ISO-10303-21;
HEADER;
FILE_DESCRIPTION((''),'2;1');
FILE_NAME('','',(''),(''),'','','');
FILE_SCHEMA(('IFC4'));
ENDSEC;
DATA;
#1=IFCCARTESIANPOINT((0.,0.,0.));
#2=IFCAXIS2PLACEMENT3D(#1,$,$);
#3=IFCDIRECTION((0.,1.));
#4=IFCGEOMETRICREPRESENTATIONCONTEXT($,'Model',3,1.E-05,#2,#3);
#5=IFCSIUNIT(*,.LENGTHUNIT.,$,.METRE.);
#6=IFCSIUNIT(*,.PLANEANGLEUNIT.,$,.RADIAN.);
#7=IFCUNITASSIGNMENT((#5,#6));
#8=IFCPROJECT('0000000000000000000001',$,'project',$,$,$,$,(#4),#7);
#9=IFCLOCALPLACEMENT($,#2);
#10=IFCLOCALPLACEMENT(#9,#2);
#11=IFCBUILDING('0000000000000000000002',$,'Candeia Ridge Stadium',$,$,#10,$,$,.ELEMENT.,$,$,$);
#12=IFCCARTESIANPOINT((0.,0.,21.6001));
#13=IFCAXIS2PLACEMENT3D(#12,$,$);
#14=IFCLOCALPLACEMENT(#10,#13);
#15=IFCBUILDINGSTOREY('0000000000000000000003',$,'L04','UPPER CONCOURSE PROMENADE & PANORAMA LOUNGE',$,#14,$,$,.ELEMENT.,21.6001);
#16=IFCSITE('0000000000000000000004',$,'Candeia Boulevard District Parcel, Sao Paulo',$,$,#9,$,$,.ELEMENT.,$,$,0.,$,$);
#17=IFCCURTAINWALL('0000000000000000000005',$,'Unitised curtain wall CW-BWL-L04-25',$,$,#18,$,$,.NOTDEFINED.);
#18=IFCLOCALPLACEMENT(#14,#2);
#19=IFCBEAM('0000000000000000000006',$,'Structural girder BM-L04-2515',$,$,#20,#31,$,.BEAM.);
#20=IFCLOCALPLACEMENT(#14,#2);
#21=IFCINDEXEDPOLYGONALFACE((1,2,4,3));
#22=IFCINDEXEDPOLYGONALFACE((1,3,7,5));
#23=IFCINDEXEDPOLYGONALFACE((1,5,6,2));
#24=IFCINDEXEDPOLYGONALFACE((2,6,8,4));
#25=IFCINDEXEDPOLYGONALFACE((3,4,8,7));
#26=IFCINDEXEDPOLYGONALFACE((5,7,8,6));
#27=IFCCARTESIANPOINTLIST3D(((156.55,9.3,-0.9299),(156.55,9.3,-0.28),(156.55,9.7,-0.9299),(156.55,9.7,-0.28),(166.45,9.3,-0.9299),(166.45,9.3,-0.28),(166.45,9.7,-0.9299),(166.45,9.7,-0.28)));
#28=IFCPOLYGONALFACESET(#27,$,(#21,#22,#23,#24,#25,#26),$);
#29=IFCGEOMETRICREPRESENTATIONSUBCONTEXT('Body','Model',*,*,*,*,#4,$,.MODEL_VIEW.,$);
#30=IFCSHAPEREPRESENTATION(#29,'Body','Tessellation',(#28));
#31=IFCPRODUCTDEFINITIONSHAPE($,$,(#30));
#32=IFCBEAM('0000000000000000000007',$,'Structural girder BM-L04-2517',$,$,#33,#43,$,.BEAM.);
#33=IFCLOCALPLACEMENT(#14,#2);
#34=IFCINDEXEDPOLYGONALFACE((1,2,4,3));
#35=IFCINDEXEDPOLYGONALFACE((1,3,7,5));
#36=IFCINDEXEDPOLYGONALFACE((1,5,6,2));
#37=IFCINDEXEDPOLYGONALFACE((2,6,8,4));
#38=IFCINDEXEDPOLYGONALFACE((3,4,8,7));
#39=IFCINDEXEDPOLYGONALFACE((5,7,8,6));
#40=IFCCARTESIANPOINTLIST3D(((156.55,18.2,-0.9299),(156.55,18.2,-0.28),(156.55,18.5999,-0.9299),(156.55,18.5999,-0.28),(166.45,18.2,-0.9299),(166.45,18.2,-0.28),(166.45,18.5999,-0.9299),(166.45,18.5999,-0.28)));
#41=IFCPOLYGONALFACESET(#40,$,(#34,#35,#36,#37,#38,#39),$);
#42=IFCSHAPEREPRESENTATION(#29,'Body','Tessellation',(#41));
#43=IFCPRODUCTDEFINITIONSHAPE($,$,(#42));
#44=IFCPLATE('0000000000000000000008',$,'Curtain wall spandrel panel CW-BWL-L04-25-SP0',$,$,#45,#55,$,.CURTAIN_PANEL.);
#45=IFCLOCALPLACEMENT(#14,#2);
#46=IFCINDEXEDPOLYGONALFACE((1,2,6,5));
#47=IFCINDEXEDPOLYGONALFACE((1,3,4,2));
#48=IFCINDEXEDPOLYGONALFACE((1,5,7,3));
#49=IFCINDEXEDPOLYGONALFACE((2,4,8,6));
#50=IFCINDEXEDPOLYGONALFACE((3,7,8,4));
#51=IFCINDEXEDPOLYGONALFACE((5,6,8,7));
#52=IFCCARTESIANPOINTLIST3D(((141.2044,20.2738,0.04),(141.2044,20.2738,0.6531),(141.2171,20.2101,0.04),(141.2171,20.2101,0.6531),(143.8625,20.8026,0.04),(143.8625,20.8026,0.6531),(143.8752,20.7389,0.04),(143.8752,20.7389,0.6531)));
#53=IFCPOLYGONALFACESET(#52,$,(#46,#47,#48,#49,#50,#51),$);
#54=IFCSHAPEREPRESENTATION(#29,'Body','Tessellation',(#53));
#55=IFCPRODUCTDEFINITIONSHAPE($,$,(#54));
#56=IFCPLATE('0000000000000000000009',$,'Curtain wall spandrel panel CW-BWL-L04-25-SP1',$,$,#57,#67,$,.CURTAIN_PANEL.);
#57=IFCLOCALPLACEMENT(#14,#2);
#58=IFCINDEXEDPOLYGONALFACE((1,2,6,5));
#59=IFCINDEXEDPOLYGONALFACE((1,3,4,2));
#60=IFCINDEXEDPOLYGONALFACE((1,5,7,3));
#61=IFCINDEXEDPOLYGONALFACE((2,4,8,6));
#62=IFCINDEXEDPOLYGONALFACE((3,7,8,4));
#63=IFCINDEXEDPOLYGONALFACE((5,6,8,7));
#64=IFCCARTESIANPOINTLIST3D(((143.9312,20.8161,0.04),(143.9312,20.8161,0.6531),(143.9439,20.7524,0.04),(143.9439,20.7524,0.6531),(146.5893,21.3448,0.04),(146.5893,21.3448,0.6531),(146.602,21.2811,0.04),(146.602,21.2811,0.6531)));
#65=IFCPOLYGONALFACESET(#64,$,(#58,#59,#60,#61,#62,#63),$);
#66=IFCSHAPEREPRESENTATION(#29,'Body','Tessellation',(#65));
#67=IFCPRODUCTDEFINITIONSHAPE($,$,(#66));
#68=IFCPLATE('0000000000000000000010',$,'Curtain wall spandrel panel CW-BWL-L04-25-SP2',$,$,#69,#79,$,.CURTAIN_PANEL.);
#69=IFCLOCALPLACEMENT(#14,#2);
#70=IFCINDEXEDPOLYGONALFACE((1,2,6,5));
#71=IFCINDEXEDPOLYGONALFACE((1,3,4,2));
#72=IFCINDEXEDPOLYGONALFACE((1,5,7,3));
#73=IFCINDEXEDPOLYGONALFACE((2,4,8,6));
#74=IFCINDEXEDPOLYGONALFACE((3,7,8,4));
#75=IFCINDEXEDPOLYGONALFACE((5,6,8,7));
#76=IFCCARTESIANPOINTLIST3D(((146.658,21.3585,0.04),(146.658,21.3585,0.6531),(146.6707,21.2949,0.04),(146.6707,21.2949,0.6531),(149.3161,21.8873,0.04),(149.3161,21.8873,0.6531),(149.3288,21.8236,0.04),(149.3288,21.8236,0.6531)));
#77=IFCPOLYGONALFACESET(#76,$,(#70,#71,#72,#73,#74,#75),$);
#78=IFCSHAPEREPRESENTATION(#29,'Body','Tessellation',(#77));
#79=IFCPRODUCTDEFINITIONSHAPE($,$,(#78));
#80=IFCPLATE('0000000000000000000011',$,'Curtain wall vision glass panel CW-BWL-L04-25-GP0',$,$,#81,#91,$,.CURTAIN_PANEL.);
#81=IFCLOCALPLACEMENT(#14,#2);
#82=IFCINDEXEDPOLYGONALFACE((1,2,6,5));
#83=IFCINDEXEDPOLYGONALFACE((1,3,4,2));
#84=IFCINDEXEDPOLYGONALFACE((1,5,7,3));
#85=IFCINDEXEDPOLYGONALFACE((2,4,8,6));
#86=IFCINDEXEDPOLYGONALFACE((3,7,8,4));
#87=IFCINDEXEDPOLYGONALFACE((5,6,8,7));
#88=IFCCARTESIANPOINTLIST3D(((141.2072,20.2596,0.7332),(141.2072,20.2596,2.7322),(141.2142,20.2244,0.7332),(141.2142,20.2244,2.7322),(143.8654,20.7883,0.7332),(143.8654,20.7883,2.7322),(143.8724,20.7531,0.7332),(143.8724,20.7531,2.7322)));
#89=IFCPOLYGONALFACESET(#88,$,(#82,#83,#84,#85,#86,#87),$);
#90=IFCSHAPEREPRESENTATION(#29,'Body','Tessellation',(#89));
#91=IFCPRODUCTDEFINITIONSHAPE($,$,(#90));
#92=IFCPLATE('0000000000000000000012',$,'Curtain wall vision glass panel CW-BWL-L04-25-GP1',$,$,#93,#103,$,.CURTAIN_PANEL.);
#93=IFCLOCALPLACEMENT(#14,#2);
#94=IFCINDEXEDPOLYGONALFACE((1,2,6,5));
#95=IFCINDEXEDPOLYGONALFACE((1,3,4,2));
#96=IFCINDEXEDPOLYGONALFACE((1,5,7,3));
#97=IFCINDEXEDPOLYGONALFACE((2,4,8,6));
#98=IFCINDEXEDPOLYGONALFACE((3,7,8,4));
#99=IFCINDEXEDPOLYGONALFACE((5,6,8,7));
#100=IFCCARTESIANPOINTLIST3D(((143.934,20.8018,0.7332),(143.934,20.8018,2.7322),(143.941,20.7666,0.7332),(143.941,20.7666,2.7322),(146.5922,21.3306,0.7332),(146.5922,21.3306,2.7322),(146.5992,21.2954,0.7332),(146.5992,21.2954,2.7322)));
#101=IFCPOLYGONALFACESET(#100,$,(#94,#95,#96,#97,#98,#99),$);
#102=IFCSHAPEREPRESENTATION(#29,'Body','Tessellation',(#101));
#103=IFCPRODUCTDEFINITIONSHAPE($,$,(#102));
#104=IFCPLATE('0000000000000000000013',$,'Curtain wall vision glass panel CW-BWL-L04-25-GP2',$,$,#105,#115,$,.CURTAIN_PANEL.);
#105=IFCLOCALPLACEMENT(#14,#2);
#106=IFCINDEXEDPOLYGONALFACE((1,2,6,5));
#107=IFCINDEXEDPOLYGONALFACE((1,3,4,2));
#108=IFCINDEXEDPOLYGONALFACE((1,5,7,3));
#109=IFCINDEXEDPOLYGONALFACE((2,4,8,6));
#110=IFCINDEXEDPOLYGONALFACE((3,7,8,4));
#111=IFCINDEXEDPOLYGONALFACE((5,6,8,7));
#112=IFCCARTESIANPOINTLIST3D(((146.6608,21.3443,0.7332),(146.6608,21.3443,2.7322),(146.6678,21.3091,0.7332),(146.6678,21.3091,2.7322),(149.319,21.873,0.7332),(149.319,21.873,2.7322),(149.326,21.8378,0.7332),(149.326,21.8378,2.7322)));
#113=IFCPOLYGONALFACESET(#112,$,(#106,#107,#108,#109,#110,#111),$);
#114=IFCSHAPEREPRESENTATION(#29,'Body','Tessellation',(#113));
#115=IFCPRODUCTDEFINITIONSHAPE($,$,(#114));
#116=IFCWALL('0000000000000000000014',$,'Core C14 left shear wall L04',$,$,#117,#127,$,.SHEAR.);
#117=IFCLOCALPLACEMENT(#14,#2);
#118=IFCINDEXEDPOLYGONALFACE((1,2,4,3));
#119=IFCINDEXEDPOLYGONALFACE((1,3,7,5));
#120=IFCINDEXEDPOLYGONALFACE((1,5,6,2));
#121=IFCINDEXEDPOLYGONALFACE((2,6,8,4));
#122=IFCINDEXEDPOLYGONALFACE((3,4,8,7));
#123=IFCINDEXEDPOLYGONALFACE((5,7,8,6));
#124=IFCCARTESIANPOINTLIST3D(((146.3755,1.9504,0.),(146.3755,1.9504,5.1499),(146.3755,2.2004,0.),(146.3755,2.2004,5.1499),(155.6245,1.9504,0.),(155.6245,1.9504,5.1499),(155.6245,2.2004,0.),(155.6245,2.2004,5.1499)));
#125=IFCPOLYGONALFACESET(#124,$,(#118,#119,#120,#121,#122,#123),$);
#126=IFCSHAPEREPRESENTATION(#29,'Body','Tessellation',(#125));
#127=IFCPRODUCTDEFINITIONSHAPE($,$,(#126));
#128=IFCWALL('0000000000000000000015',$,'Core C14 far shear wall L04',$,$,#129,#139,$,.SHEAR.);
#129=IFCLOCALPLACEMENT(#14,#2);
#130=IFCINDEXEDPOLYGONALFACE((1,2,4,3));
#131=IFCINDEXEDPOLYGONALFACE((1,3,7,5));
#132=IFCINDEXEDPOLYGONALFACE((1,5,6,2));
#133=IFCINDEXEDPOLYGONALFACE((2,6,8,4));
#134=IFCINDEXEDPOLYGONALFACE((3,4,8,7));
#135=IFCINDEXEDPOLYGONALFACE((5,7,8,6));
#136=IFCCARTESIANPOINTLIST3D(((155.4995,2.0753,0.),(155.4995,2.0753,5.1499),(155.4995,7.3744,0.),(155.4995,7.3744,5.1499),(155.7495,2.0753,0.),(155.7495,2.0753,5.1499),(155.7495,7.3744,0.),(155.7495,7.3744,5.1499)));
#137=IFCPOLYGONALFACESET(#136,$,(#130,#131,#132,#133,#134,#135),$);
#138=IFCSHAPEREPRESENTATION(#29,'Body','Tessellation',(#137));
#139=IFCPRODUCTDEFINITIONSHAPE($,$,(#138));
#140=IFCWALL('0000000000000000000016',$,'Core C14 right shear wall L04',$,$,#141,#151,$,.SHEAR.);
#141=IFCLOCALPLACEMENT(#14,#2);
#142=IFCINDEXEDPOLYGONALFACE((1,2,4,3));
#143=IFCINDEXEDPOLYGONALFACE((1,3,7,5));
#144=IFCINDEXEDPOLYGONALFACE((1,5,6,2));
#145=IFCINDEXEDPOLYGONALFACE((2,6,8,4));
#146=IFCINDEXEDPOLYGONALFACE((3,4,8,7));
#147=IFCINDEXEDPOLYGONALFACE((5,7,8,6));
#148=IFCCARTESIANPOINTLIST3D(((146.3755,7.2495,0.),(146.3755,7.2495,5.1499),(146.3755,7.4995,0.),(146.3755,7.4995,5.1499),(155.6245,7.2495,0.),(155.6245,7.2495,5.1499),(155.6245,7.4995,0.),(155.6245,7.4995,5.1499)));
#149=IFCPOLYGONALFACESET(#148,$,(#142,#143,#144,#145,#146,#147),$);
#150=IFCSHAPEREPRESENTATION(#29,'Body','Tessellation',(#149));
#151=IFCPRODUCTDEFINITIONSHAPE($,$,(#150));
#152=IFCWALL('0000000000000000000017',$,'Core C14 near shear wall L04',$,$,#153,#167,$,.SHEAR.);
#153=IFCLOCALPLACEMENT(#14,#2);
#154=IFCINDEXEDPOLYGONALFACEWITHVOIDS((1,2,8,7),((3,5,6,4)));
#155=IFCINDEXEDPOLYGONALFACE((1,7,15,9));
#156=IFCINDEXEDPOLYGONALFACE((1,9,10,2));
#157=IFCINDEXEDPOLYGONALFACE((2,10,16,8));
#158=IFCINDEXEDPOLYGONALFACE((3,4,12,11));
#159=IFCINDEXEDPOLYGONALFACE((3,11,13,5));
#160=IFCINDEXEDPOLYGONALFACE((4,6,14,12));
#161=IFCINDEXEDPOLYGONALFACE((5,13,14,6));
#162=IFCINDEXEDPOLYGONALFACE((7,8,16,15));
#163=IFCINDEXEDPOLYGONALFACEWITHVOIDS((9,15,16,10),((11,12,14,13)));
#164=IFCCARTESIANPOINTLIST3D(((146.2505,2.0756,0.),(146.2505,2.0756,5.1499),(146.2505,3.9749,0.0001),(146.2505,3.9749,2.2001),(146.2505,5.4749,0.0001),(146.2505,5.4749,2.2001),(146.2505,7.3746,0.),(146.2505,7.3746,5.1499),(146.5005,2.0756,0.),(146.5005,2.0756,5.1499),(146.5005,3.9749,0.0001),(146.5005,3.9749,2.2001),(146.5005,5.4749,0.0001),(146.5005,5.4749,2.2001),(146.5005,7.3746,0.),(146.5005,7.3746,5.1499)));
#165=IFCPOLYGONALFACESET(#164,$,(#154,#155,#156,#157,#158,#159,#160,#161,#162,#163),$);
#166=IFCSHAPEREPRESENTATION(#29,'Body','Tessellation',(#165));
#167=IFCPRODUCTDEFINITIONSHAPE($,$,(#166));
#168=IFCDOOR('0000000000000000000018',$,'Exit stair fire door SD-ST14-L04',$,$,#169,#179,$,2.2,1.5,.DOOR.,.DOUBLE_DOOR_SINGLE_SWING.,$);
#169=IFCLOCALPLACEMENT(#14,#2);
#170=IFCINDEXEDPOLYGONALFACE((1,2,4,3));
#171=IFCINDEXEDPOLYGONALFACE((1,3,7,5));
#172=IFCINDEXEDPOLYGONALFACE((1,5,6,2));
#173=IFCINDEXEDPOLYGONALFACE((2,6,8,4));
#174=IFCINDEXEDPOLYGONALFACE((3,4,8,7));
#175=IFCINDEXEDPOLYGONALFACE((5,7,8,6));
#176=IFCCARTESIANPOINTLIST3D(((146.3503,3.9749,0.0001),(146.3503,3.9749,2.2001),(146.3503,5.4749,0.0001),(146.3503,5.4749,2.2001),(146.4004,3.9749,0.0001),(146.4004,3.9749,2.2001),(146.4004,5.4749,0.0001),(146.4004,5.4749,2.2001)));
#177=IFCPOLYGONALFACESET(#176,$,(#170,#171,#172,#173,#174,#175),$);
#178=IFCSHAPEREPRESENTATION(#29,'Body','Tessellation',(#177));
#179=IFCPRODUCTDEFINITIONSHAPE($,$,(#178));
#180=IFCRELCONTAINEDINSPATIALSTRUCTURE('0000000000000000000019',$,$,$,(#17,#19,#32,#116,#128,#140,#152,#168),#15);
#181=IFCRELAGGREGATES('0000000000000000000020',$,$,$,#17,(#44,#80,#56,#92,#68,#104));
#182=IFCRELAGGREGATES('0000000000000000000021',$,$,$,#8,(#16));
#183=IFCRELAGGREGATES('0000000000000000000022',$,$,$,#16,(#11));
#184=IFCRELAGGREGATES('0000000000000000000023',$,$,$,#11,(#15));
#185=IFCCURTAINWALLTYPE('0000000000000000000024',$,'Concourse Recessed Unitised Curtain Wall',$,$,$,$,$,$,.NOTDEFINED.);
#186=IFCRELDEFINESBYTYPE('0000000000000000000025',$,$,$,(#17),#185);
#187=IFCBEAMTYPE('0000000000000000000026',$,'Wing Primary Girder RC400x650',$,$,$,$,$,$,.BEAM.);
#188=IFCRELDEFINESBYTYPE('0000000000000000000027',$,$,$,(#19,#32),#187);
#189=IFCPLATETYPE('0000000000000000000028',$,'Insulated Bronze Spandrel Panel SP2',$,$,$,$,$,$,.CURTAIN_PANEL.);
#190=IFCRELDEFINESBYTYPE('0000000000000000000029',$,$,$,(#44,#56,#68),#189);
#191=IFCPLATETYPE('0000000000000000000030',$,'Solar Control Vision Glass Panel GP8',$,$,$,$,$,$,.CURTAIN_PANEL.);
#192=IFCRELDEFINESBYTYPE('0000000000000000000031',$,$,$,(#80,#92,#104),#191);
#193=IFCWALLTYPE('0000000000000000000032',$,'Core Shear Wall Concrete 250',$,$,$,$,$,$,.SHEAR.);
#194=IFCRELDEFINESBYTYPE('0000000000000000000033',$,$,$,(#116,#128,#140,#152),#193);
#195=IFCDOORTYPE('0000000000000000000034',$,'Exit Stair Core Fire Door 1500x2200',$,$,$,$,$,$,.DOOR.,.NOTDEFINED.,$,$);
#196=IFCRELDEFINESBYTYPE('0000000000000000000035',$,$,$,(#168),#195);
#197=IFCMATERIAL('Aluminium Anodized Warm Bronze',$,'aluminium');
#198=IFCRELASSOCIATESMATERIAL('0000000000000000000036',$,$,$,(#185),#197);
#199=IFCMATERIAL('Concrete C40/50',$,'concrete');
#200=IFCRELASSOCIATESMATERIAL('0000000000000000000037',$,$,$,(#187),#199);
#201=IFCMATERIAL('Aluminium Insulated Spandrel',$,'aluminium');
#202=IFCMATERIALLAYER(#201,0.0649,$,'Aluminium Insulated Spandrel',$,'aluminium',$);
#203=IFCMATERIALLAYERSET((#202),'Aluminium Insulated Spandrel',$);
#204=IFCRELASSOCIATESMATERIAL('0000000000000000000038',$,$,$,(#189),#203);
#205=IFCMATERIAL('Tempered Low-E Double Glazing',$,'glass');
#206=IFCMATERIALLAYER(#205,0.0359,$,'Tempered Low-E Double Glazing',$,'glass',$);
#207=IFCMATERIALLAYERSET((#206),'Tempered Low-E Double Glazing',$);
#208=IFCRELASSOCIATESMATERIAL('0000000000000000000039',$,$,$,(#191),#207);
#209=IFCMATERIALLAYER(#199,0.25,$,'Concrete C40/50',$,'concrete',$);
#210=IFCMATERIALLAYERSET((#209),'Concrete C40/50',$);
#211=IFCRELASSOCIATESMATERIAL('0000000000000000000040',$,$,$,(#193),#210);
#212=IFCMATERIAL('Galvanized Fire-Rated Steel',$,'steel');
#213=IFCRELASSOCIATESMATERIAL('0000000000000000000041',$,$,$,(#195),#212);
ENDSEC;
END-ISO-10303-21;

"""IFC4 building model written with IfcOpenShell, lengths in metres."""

from ifc_helpers import new_model, si_unit, direction, frame, frame_2d, origin, origin_2d, place, context, subcontext, project, spatial, rectangle, extrude, material, layer, layer_set, material_profile, profile_set, type_object, element, fill, aggregate, save


model = new_model("IFC4")

# Units and contexts
model_context = context("Model", 3, precision=1e-05, world=origin(), true_north=direction((0.0, 1.0)))
body_context = subcontext(model_context, "Body", "Model", "MODEL_VIEW")
ifc_project = project(units=[si_unit("LENGTHUNIT", "METRE"), si_unit("PLANEANGLEUNIT", "RADIAN")], contexts=[model_context])

# Site, building, storey
site_placement = place(None, origin())
site = spatial("IfcSite", under=ifc_project, at=site_placement, Name="Candeia Boulevard District Parcel, Sao Paulo", CompositionType="ELEMENT", RefElevation=0.0)
building_placement = place(site_placement, origin())
building = spatial("IfcBuilding", under=site, at=building_placement, Name="Candeia Ridge Stadium", CompositionType="ELEMENT")
storey_placement = place(building_placement, frame((0.0, 0.0, 21.6001)))
storey = spatial("IfcBuildingStorey", under=building, at=storey_placement, Name="L04", Description="UPPER CONCOURSE PROMENADE & PANORAMA LOUNGE", CompositionType="ELEMENT", Elevation=21.6001)

# Curtain wall
ifc_material_1 = material(Name="Aluminium Anodized Warm Bronze", Category="aluminium")
curtain_wall_type = type_object("IfcCurtainWallType", Name="Concourse Recessed Unitised Curtain Wall", PredefinedType="NOTDEFINED", material=ifc_material_1)
curtain_wall_placement = place(storey_placement, origin())
curtain_wall = element("IfcCurtainWall", 1, at=curtain_wall_placement, inside=storey, type_object=curtain_wall_type, Name="Unitised curtain wall CW-BWL-L04-25", PredefinedType="NOTDEFINED")

# Beams
ifc_material_2 = material(Name="Concrete C40/50", Category="concrete")
ifc_material_profile_1 = material_profile(ifc_material_2, rectangle(XDim=0.3999, YDim=0.6499, at=origin_2d()), Name="RC400x650", Category="concrete")
ifc_profile_set_1 = profile_set([ifc_material_profile_1], Name="Concrete C40/50")
beam_type_1 = type_object("IfcBeamType", Name="Wing Primary Girder RC400x650", PredefinedType="BEAM", material=ifc_profile_set_1)
for number, where, z_axis, x_axis, name in (
    (2, (156.55, 9.5, -0.605), (1.0, 0.0, 0.0), (0.0, 1.0, 0.0), "Structural girder BM-L04-2515"),
    (3, (156.55, 18.3999, -0.605), (1.0, 0.0, 0.0), (0.0, 1.0, 0.0), "Structural girder BM-L04-2517"),
):
    element("IfcBeam", number, at=place(storey_placement, frame(where, z_axis=z_axis, x_axis=x_axis)), inside=storey, type_object=beam_type_1, Name=name, PredefinedType="BEAM", context=body_context, shape_type="SweptSolid", body=[
        extrude(rectangle(XDim=0.3999, YDim=0.6499, at=origin_2d()), origin(), (0.0, 0.0, 1.0), 9.8999),
    ])

# Plates
ifc_material_3 = material(Name="Aluminium Insulated Spandrel", Category="aluminium")
ifc_layer_1 = layer(ifc_material_3, 0.0649, Name="Aluminium Insulated Spandrel", Category="aluminium")
ifc_layer_set_1 = layer_set([ifc_layer_1], Name="Aluminium Insulated Spandrel")
plate_type_1 = type_object("IfcPlateType", Name="Insulated Bronze Spandrel Panel SP2", PredefinedType="CURTAIN_PANEL", material=ifc_layer_set_1)
plate_1_placement = place(storey_placement, frame((142.5398, 20.5063, 0.04), z_axis=(0.0, 0.0, 1.0), x_axis=(0.980785, 0.19509, 0.0)))
plate_1 = element("IfcPlate", 4, at=plate_1_placement, type_object=plate_type_1, Name="Curtain wall spandrel panel CW-BWL-L04-25-SP0", PredefinedType="CURTAIN_PANEL", context=body_context, shape_type="SweptSolid", body=[
    extrude(rectangle(XDim=2.7102, YDim=0.0649, at=origin_2d()), origin(), (0.0, 0.0, 1.0), 0.613),
])
plate_2_placement = place(storey_placement, frame((145.2666, 21.0486, 0.04), z_axis=(0.0, 0.0, 1.0), x_axis=(0.980785, 0.19509, 0.0)))
plate_2 = element("IfcPlate", 5, at=plate_2_placement, type_object=plate_type_1, Name="Curtain wall spandrel panel CW-BWL-L04-25-SP1", PredefinedType="CURTAIN_PANEL", context=body_context, shape_type="SweptSolid", body=[
    extrude(rectangle(XDim=2.7102, YDim=0.0649, at=origin_2d()), origin(), (0.0, 0.0, 1.0), 0.613),
])
plate_3_placement = place(storey_placement, frame((147.9934, 21.5911, 0.04), z_axis=(0.0, 0.0, 1.0), x_axis=(0.980785, 0.19509, 0.0)))
plate_3 = element("IfcPlate", 6, at=plate_3_placement, type_object=plate_type_1, Name="Curtain wall spandrel panel CW-BWL-L04-25-SP2", PredefinedType="CURTAIN_PANEL", context=body_context, shape_type="SweptSolid", body=[
    extrude(rectangle(XDim=2.7102, YDim=0.0649, at=origin_2d()), origin(), (0.0, 0.0, 1.0), 0.613),
])
ifc_material_4 = material(Name="Tempered Low-E Double Glazing", Category="glass")
ifc_layer_2 = layer(ifc_material_4, 0.0359, Name="Tempered Low-E Double Glazing", Category="glass")
ifc_layer_set_2 = layer_set([ifc_layer_2], Name="Tempered Low-E Double Glazing")
plate_type_2 = type_object("IfcPlateType", Name="Solar Control Vision Glass Panel GP8", PredefinedType="CURTAIN_PANEL", material=ifc_layer_set_2)
plate_4_placement = place(storey_placement, frame((142.5398, 20.5063, 0.7332), z_axis=(0.0, 0.0, 1.0), x_axis=(0.980785, 0.19509, 0.0)))
plate_4 = element("IfcPlate", 7, at=plate_4_placement, type_object=plate_type_2, Name="Curtain wall vision glass panel CW-BWL-L04-25-GP0", PredefinedType="CURTAIN_PANEL", context=body_context, shape_type="SweptSolid", body=[
    extrude(rectangle(XDim=2.7102, YDim=0.0359, at=origin_2d()), origin(), (0.0, 0.0, 1.0), 1.999),
])
plate_5_placement = place(storey_placement, frame((145.2666, 21.0486, 0.7332), z_axis=(0.0, 0.0, 1.0), x_axis=(0.980785, 0.19509, 0.0)))
plate_5 = element("IfcPlate", 8, at=plate_5_placement, type_object=plate_type_2, Name="Curtain wall vision glass panel CW-BWL-L04-25-GP1", PredefinedType="CURTAIN_PANEL", context=body_context, shape_type="SweptSolid", body=[
    extrude(rectangle(XDim=2.7102, YDim=0.0359, at=origin_2d()), origin(), (0.0, 0.0, 1.0), 1.999),
])
plate_6_placement = place(storey_placement, frame((147.9934, 21.5911, 0.7332), z_axis=(0.0, 0.0, 1.0), x_axis=(0.980785, 0.19509, 0.0)))
plate_6 = element("IfcPlate", 9, at=plate_6_placement, type_object=plate_type_2, Name="Curtain wall vision glass panel CW-BWL-L04-25-GP2", PredefinedType="CURTAIN_PANEL", context=body_context, shape_type="SweptSolid", body=[
    extrude(rectangle(XDim=2.7102, YDim=0.0359, at=origin_2d()), origin(), (0.0, 0.0, 1.0), 1.999),
])
aggregate(curtain_wall, [plate_1, plate_4, plate_2, plate_5, plate_3, plate_6])

# Walls
ifc_layer_3 = layer(ifc_material_2, 0.25, Name="Concrete C40/50", Category="concrete")
ifc_layer_set_3 = layer_set([ifc_layer_3], Name="Concrete C40/50")
wall_type = type_object("IfcWallType", Name="Core Shear Wall Concrete 250", PredefinedType="SHEAR", material=ifc_layer_set_3)
wall_1_placement = place(storey_placement, frame((146.3755, 2.0754, 0.0), z_axis=(0.0, 0.0, 1.0), x_axis=(1.0, 0.0, 0.0)))
element("IfcWall", 10, at=wall_1_placement, inside=storey, type_object=wall_type, Name="Core C14 left shear wall L04", PredefinedType="SHEAR", context=body_context, shape_type="SweptSolid", body=[
    extrude(rectangle(XDim=9.249, YDim=0.25, at=frame_2d((4.6245, 0.0))), origin(), (0.0, 0.0, 1.0), 5.1499),
])
wall_2_placement = place(storey_placement, frame((155.6245, 2.0754, 0.0), z_axis=(0.0, 0.0, 1.0), x_axis=(0.0, 1.0, 0.0)))
element("IfcWall", 11, at=wall_2_placement, inside=storey, type_object=wall_type, Name="Core C14 far shear wall L04", PredefinedType="SHEAR", context=body_context, shape_type="SweptSolid", body=[
    extrude(rectangle(XDim=5.2991, YDim=0.25, at=frame_2d((2.6494, 0.0))), origin(), (0.0, 0.0, 1.0), 5.1499),
])
wall_3_placement = place(storey_placement, frame((155.6245, 7.3745, 0.0), z_axis=(0.0, 0.0, 1.0), x_axis=(-1.0, 0.0, 0.0)))
element("IfcWall", 12, at=wall_3_placement, inside=storey, type_object=wall_type, Name="Core C14 right shear wall L04", PredefinedType="SHEAR", context=body_context, shape_type="SweptSolid", body=[
    extrude(rectangle(XDim=9.249, YDim=0.25, at=frame_2d((4.6245, 0.0))), origin(), (0.0, 0.0, 1.0), 5.1499),
])

# Wall, opening, door
wall_4_placement = place(storey_placement, frame((146.3755, 7.3745, 0.0), z_axis=(0.0, 0.0, 1.0), x_axis=(0.0, -1.0, 0.0)))
wall_4 = element("IfcWall", 13, at=wall_4_placement, inside=storey, type_object=wall_type, Name="Core C14 near shear wall L04", PredefinedType="SHEAR", context=body_context, shape_type="SweptSolid", body=[
    extrude(rectangle(XDim=5.2991, YDim=0.25, at=frame_2d((2.6494, 0.0))), origin(), (0.0, 0.0, 1.0), 5.1499),
])
opening_placement = place(wall_4_placement, frame((1.8997, 0.0, 0.0)))
opening = element("IfcOpeningElement", 14, at=opening_placement, cuts=wall_4, PredefinedType="OPENING", context=body_context, shape_type="SweptSolid", body=[
    extrude(rectangle(XDim=1.5, YDim=2.2, at=frame_2d((0.75, 1.1001))), frame((0.0, 0.135, 0.0), z_axis=(0.0, -1.0, 0.0), x_axis=(1.0, 0.0, 0.0)), (0.0, 0.0, 1.0), 0.27),
])
ifc_material_5 = material(Name="Galvanized Fire-Rated Steel", Category="steel")
door_type = type_object("IfcDoorType", Name="Exit Stair Core Fire Door 1500x2200", OperationType="NOTDEFINED", PredefinedType="DOOR", material=ifc_material_5)
door_placement = place(opening_placement, origin())
door = element("IfcDoor", 15, at=door_placement, inside=storey, type_object=door_type, Name="Exit stair fire door SD-ST14-L04", OperationType="DOUBLE_DOOR_SINGLE_SWING", OverallHeight=2.2, OverallWidth=1.5, PredefinedType="DOOR", context=body_context, shape_type="SweptSolid", body=[
    extrude(rectangle(XDim=1.5, YDim=2.2, at=frame_2d((0.75, 1.1001))), frame((0.0, 0.0249, 0.0), z_axis=(0.0, -1.0, 0.0), x_axis=(1.0, 0.0, 0.0)), (0.0, 0.0, 1.0), 0.05),
])
fill(opening, door)

save(model, "model.ifc")
